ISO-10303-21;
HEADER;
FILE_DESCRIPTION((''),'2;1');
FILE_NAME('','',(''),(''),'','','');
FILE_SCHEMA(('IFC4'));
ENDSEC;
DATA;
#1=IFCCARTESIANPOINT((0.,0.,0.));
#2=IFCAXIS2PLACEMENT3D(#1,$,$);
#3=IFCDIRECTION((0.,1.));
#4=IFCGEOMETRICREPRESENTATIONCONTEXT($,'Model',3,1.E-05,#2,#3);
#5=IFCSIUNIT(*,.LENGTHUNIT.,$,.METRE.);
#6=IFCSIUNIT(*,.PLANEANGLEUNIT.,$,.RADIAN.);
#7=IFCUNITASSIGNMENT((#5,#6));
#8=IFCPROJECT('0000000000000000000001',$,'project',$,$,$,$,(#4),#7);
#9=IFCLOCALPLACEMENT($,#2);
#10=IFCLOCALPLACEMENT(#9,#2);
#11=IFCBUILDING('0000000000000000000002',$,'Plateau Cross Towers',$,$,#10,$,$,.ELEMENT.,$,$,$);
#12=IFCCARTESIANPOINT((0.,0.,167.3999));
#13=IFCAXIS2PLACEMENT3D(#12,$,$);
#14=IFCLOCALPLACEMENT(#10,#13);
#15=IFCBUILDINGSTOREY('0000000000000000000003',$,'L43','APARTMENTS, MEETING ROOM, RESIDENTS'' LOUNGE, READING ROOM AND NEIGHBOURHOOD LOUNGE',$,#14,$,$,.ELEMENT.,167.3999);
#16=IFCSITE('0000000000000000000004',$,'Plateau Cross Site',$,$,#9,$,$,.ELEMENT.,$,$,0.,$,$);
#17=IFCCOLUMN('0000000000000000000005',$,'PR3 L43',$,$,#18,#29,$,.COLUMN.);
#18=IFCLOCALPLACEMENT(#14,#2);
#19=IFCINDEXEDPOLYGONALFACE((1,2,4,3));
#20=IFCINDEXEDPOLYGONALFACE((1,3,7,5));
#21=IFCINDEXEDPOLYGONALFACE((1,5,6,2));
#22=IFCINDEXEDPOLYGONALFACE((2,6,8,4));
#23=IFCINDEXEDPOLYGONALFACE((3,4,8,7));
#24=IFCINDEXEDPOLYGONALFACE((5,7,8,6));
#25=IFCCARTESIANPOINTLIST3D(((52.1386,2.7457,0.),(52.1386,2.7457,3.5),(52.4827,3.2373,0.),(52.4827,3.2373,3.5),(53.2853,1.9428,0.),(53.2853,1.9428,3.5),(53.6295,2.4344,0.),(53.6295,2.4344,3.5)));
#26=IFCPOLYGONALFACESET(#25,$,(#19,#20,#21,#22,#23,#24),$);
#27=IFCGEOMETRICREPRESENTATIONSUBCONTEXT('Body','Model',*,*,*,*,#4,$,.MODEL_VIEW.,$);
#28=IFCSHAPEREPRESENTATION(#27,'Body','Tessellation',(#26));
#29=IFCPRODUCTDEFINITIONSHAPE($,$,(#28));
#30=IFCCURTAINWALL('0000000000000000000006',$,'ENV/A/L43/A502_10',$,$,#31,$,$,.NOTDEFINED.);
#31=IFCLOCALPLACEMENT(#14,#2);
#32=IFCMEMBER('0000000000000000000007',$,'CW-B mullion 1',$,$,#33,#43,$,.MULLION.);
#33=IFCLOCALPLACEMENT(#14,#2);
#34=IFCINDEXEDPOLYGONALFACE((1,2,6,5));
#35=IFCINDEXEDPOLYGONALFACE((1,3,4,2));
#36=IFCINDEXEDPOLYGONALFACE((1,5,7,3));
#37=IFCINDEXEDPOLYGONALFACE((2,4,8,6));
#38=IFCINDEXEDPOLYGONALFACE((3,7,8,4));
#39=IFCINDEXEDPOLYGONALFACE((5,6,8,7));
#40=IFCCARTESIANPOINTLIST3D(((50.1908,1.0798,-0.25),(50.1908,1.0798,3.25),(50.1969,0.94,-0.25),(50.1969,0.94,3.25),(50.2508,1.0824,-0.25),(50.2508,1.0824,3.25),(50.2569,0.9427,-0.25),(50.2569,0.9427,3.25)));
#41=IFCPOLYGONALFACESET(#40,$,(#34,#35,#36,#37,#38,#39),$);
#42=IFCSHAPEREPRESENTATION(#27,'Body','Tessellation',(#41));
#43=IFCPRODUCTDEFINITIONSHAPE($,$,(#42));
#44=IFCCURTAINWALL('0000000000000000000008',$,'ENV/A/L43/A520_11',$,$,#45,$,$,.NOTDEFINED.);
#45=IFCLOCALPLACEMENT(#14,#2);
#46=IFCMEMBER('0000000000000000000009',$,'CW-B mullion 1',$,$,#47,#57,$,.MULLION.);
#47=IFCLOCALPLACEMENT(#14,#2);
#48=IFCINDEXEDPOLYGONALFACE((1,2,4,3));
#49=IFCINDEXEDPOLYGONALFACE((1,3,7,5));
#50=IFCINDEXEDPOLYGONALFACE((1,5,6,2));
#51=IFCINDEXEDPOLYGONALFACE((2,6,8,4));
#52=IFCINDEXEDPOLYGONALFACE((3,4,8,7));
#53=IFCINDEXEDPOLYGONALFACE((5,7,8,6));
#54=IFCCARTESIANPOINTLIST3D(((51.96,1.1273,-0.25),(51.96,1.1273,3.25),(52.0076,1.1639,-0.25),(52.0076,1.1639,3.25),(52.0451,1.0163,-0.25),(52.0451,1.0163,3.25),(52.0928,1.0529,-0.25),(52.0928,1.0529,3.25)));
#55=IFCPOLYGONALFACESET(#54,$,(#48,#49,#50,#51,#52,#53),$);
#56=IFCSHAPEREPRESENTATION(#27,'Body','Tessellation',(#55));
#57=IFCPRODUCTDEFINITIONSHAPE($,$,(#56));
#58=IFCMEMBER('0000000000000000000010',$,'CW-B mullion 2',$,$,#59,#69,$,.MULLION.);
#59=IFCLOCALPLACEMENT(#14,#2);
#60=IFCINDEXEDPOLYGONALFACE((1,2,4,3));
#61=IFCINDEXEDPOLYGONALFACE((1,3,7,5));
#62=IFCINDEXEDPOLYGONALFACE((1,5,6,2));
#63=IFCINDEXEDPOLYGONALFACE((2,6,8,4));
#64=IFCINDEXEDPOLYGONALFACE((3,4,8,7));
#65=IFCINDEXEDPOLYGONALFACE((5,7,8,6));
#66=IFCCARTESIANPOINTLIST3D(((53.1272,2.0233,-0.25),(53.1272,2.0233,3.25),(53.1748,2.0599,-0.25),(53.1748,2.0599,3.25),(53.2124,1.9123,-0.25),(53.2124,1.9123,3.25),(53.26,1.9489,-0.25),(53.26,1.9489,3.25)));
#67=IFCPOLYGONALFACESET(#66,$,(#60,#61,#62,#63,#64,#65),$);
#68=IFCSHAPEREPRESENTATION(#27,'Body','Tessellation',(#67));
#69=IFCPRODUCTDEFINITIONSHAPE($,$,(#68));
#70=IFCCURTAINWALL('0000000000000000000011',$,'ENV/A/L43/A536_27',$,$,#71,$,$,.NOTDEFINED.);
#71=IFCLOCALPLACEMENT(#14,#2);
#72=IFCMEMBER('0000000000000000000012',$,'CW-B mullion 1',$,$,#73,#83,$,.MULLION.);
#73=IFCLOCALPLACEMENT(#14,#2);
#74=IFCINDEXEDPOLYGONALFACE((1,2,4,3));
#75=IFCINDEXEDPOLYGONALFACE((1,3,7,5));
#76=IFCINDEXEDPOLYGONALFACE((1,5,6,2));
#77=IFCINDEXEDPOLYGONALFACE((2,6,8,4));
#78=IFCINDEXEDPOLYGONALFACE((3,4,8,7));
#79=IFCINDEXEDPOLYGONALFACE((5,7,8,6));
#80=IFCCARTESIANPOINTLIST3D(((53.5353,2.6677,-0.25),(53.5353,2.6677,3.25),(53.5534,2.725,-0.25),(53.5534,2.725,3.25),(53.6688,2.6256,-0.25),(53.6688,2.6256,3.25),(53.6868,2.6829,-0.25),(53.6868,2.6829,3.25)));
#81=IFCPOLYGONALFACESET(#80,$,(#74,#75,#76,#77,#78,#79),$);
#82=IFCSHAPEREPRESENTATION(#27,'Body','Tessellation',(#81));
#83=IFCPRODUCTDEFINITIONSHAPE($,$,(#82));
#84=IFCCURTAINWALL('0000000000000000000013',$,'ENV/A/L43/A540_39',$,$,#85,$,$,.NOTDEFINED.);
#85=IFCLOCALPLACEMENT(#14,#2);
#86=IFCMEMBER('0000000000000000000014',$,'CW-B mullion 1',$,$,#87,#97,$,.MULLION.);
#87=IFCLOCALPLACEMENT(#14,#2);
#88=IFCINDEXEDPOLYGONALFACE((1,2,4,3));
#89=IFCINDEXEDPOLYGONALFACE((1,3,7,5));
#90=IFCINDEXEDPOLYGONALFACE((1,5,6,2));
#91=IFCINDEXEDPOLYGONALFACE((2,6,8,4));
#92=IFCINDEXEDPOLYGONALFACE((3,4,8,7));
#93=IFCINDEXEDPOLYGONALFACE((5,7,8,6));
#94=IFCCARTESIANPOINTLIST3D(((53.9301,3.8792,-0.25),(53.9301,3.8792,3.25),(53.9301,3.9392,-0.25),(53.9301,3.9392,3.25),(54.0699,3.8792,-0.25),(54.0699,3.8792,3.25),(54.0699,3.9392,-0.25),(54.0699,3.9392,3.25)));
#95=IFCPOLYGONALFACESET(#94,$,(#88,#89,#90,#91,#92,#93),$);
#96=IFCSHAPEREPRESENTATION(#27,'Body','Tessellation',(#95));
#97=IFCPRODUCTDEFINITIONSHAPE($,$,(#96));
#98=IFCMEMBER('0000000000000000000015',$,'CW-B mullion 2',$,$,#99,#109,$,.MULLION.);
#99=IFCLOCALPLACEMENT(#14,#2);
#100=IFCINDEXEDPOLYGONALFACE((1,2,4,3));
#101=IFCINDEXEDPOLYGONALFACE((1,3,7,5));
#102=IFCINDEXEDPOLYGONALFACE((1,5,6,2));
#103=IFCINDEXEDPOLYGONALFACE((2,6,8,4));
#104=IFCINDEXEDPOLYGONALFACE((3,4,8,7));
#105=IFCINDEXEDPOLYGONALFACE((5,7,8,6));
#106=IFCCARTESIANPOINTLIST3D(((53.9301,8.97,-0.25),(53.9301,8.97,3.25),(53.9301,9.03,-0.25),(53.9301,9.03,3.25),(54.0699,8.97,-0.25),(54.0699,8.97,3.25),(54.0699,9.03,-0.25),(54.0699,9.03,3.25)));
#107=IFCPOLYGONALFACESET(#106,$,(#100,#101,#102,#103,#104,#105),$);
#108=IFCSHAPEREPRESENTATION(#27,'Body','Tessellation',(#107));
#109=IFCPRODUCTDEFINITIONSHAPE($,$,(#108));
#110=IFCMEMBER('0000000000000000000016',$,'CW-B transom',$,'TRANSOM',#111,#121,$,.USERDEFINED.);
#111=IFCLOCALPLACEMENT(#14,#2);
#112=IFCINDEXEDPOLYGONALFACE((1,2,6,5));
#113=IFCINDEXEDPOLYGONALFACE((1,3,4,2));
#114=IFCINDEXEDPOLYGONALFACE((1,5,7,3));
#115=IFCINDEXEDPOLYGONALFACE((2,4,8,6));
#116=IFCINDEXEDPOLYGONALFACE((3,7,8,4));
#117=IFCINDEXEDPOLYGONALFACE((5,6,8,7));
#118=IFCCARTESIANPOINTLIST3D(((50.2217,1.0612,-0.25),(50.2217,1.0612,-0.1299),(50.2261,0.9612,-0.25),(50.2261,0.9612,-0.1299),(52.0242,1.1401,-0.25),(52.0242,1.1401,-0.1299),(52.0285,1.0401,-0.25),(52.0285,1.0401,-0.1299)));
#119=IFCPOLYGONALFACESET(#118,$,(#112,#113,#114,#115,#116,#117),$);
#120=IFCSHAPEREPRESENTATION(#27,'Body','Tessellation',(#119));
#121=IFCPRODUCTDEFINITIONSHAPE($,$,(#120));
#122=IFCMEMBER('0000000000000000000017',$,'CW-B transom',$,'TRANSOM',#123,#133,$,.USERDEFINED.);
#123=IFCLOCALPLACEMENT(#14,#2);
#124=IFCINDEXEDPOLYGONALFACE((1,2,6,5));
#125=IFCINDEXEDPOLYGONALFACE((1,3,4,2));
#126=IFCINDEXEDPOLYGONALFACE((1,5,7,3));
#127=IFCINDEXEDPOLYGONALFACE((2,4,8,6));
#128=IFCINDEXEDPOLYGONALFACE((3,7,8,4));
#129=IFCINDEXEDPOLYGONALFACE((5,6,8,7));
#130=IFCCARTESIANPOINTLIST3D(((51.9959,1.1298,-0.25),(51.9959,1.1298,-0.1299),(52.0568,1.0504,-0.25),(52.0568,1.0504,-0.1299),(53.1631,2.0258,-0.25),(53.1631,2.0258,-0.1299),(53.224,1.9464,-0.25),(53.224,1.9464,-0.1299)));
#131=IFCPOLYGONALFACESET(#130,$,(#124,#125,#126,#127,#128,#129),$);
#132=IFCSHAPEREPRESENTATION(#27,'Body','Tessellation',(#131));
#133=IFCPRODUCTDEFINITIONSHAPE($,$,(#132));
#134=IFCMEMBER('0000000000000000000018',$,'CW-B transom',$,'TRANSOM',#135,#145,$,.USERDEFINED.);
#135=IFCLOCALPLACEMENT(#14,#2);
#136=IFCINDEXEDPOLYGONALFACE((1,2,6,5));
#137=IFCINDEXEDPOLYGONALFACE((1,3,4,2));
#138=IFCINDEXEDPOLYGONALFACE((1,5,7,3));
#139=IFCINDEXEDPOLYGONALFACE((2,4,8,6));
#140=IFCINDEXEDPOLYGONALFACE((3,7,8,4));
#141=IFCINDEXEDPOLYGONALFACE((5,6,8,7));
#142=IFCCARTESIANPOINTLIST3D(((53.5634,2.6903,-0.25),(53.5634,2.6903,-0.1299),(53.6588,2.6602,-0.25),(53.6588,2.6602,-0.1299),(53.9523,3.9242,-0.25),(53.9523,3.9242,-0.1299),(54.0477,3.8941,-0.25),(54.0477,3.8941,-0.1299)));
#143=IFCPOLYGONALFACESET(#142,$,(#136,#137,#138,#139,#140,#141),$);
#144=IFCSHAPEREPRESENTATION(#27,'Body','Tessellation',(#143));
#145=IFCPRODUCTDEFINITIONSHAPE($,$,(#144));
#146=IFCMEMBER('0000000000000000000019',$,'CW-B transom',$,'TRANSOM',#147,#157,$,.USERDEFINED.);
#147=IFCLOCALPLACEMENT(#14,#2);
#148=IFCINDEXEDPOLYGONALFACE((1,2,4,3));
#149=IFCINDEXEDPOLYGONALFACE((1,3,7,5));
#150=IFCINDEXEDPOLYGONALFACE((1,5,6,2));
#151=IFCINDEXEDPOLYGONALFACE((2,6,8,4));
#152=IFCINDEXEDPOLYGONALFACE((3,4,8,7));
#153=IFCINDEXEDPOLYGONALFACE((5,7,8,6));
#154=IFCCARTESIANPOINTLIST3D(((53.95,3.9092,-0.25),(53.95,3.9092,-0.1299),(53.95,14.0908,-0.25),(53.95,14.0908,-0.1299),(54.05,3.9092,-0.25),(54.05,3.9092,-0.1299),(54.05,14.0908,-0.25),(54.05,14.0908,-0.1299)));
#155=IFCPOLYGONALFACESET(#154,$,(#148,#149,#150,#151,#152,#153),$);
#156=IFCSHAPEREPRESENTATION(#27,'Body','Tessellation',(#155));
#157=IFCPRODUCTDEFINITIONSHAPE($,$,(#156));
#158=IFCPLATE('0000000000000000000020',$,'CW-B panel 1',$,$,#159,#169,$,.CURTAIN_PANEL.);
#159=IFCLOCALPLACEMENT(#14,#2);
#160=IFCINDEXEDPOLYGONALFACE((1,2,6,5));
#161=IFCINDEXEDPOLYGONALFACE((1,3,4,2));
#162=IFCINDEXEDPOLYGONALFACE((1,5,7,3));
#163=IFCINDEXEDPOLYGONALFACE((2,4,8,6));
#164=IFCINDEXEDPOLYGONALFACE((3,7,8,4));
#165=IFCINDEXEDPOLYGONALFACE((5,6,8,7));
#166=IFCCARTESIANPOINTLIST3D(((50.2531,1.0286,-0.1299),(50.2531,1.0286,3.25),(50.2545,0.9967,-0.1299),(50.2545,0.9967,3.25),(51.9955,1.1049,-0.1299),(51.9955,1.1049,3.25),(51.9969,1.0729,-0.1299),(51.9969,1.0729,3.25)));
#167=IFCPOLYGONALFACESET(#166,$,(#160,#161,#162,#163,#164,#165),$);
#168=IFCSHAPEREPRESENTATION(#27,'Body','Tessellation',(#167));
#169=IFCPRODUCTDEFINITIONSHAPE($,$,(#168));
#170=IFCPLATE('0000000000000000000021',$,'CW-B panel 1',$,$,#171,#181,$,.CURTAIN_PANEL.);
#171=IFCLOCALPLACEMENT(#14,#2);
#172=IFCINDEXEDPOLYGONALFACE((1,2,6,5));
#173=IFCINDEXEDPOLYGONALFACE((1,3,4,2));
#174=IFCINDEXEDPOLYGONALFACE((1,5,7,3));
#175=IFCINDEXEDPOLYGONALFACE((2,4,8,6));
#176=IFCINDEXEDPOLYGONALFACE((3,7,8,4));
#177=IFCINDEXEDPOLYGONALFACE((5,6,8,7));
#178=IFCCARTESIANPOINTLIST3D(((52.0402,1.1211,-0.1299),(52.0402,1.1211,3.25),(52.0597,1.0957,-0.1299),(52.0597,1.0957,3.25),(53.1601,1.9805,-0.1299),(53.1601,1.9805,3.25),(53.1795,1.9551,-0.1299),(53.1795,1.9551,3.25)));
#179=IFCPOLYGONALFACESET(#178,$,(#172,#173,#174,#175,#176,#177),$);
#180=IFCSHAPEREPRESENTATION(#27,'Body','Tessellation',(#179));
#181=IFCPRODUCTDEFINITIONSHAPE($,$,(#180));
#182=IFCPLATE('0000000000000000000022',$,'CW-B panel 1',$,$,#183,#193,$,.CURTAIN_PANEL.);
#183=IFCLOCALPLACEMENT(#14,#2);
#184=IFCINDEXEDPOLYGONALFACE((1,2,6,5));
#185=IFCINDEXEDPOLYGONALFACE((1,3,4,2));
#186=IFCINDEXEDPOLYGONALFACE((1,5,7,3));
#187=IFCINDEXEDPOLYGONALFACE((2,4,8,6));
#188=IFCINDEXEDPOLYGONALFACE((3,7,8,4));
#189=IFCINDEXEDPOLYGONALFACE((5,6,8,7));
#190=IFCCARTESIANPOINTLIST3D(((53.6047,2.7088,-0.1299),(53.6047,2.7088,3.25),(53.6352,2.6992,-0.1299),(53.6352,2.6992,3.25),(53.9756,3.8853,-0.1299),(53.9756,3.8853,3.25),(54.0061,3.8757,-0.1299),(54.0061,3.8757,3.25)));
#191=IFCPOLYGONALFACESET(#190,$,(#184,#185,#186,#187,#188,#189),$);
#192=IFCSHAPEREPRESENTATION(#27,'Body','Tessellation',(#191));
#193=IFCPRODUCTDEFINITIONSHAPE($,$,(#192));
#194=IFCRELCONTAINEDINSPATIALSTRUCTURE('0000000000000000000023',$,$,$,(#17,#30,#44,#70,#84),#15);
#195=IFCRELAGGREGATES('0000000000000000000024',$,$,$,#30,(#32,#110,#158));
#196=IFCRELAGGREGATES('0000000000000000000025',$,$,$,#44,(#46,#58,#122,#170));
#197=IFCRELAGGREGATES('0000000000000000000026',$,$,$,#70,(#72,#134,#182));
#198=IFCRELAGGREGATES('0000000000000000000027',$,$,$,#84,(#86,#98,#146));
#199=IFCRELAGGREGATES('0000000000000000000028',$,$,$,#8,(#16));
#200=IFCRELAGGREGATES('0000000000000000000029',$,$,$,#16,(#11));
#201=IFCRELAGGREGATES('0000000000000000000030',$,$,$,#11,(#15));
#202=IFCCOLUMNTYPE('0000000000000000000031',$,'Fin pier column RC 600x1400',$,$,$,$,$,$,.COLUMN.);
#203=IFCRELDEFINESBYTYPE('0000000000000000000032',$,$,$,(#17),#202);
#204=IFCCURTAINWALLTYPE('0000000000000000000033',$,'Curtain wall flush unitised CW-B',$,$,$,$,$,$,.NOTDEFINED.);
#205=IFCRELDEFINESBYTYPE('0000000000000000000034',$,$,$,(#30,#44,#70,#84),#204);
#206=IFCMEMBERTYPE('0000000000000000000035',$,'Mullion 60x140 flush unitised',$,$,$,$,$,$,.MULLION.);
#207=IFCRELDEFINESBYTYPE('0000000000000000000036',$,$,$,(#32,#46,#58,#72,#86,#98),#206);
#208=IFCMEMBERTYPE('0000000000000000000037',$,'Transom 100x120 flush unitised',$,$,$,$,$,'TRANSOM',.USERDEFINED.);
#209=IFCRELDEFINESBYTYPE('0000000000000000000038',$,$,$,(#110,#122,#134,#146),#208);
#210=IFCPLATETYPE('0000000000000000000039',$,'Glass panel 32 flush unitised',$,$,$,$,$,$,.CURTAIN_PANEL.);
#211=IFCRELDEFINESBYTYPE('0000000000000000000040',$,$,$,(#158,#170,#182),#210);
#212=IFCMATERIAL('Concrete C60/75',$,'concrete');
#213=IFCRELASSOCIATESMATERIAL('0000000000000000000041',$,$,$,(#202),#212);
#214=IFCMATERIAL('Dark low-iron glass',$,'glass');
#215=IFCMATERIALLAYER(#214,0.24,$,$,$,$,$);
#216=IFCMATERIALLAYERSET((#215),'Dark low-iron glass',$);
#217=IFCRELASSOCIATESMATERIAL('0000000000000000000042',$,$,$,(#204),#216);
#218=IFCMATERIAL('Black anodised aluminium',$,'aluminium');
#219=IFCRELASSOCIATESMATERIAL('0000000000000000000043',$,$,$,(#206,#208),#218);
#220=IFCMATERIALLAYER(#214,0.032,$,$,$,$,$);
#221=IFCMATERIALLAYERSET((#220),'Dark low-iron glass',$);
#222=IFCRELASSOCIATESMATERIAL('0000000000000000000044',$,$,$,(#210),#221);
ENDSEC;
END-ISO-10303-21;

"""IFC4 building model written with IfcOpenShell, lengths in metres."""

from ifc_helpers import new_model, si_unit, direction, frame, origin, origin_2d, place, context, subcontext, project, spatial, rectangle, extrude, material, layer, layer_set, material_profile, profile_set, type_object, element, aggregate, save


model = new_model("IFC4")

# Units and contexts
model_context = context("Model", 3, precision=1e-05, world=origin(), true_north=direction((0.0, 1.0)))
body_context = subcontext(model_context, "Body", "Model", "MODEL_VIEW")
ifc_project = project(units=[si_unit("LENGTHUNIT", "METRE"), si_unit("PLANEANGLEUNIT", "RADIAN")], contexts=[model_context])

# Site, building, storey
site_placement = place(None, origin())
site = spatial("IfcSite", under=ifc_project, at=site_placement, Name="Plateau Cross Site", CompositionType="ELEMENT", RefElevation=0.0)
building_placement = place(site_placement, origin())
building = spatial("IfcBuilding", under=site, at=building_placement, Name="Plateau Cross Towers", CompositionType="ELEMENT")
storey_placement = place(building_placement, frame((0.0, 0.0, 167.3999)))
storey = spatial("IfcBuildingStorey", under=building, at=storey_placement, Name="L43", Description="APARTMENTS, MEETING ROOM, RESIDENTS' LOUNGE, READING ROOM AND NEIGHBOURHOOD LOUNGE", CompositionType="ELEMENT", Elevation=167.3999)

# Column
ifc_material_1 = material(Name="Concrete C60/75", Category="concrete")
ifc_material_profile_1 = material_profile(ifc_material_1, rectangle(XDim=0.6001, YDim=1.3999, at=origin_2d()), Name="RC 600x1400")
ifc_profile_set_1 = profile_set([ifc_material_profile_1], Name="Concrete C60/75")
column_type = type_object("IfcColumnType", Name="Fin pier column RC 600x1400", PredefinedType="COLUMN", material=ifc_profile_set_1)
column_placement = place(storey_placement, frame((52.884, 2.5901, 0.0), z_axis=(0.0, 0.0, 1.0), x_axis=(0.573543, 0.819176, 0.0)))
element("IfcColumn", 1, at=column_placement, inside=storey, type_object=column_type, Name="PR3 L43", PredefinedType="COLUMN", context=body_context, shape_type="SweptSolid", body=[
    extrude(rectangle(XDim=0.6001, YDim=1.3999, at=origin_2d()), origin(), (0.0, 0.0, 1.0), 3.5),
])

# Curtain wall, member
ifc_material_2 = material(Name="Dark low-iron glass", Category="glass")
ifc_layer_1 = layer(ifc_material_2, 0.24)
ifc_layer_set_1 = layer_set([ifc_layer_1], Name="Dark low-iron glass")
curtain_wall_type_1 = type_object("IfcCurtainWallType", Name="Curtain wall flush unitised CW-B", PredefinedType="NOTDEFINED", material=ifc_layer_set_1)
curtain_wall_1_placement = place(storey_placement, origin())
curtain_wall_1 = element("IfcCurtainWall", 2, at=curtain_wall_1_placement, inside=storey, type_object=curtain_wall_type_1, Name="ENV/A/L43/A502_10", PredefinedType="NOTDEFINED")
ifc_material_3 = material(Name="Black anodised aluminium", Category="aluminium")
ifc_material_profile_2 = material_profile(ifc_material_3, rectangle(XDim=0.0601, YDim=0.1399, at=origin_2d()), Name="MULLION 60x140")
ifc_profile_set_2 = profile_set([ifc_material_profile_2], Name="Black anodised aluminium")
member_type_1 = type_object("IfcMemberType", Name="Mullion 60x140 flush unitised", PredefinedType="MULLION", material=ifc_profile_set_2)
member_1_placement = place(storey_placement, frame((50.2239, 1.0112, -0.25), z_axis=(0.0, 0.0, 1.0), x_axis=(0.999044, 0.043723, 0.0)))
member_1 = element("IfcMember", 3, at=member_1_placement, type_object=member_type_1, Name="CW-B mullion 1", PredefinedType="MULLION", context=body_context, shape_type="SweptSolid", body=[
    extrude(rectangle(XDim=0.0601, YDim=0.1399, at=origin_2d()), origin(), (0.0, 0.0, 1.0), 3.5),
])

# Curtain wall, members
curtain_wall_2_placement = place(storey_placement, origin())
curtain_wall_2 = element("IfcCurtainWall", 4, at=curtain_wall_2_placement, inside=storey, type_object=curtain_wall_type_1, Name="ENV/A/L43/A520_11", PredefinedType="NOTDEFINED")
member_2_placement = place(storey_placement, frame((52.0264, 1.0901, -0.25), z_axis=(0.0, 0.0, 1.0), x_axis=(0.793316, 0.608811, 0.0)))
member_2 = element("IfcMember", 5, at=member_2_placement, type_object=member_type_1, Name="CW-B mullion 1", PredefinedType="MULLION", context=body_context, shape_type="SweptSolid", body=[
    extrude(rectangle(XDim=0.0601, YDim=0.1399, at=origin_2d()), origin(), (0.0, 0.0, 1.0), 3.5),
])
member_3_placement = place(storey_placement, frame((53.1936, 1.9861, -0.25), z_axis=(0.0, 0.0, 1.0), x_axis=(0.793316, 0.608811, 0.0)))
member_3 = element("IfcMember", 6, at=member_3_placement, type_object=member_type_1, Name="CW-B mullion 2", PredefinedType="MULLION", context=body_context, shape_type="SweptSolid", body=[
    extrude(rectangle(XDim=0.0601, YDim=0.1399, at=origin_2d()), origin(), (0.0, 0.0, 1.0), 3.5),
])

# Curtain wall, member
curtain_wall_3_placement = place(storey_placement, origin())
curtain_wall_3 = element("IfcCurtainWall", 7, at=curtain_wall_3_placement, inside=storey, type_object=curtain_wall_type_1, Name="ENV/A/L43/A536_27", PredefinedType="NOTDEFINED")
member_4_placement = place(storey_placement, frame((53.6111, 2.6753, -0.25), z_axis=(0.0, 0.0, 1.0), x_axis=(0.300686, 0.953723, 0.0)))
member_4 = element("IfcMember", 8, at=member_4_placement, type_object=member_type_1, Name="CW-B mullion 1", PredefinedType="MULLION", context=body_context, shape_type="SweptSolid", body=[
    extrude(rectangle(XDim=0.0601, YDim=0.1399, at=origin_2d()), origin(), (0.0, 0.0, 1.0), 3.5),
])

# Curtain wall, members
curtain_wall_4_placement = place(storey_placement, origin())
curtain_wall_4 = element("IfcCurtainWall", 9, at=curtain_wall_4_placement, inside=storey, type_object=curtain_wall_type_1, Name="ENV/A/L43/A540_39", PredefinedType="NOTDEFINED")
member_5_placement = place(storey_placement, frame((54.0, 3.9092, -0.25), z_axis=(0.0, 0.0, 1.0), x_axis=(0.0, 1.0, 0.0)))
member_5 = element("IfcMember", 10, at=member_5_placement, type_object=member_type_1, Name="CW-B mullion 1", PredefinedType="MULLION", context=body_context, shape_type="SweptSolid", body=[
    extrude(rectangle(XDim=0.0601, YDim=0.1399, at=origin_2d()), origin(), (0.0, 0.0, 1.0), 3.5),
])
member_6_placement = place(storey_placement, frame((54.0, 9.0, -0.25), z_axis=(0.0, 0.0, 1.0), x_axis=(0.0, 1.0, 0.0)))
member_6 = element("IfcMember", 11, at=member_6_placement, type_object=member_type_1, Name="CW-B mullion 2", PredefinedType="MULLION", context=body_context, shape_type="SweptSolid", body=[
    extrude(rectangle(XDim=0.0601, YDim=0.1399, at=origin_2d()), origin(), (0.0, 0.0, 1.0), 3.5),
])

# Members
ifc_material_profile_3 = material_profile(ifc_material_3, rectangle(XDim=0.1001, YDim=0.1201, at=origin_2d()), Name="TRANSOM 100x120")
ifc_profile_set_3 = profile_set([ifc_material_profile_3], Name="Black anodised aluminium")
member_type_2 = type_object("IfcMemberType", Name="Transom 100x120 flush unitised", ElementType="TRANSOM", PredefinedType="USERDEFINED", material=ifc_profile_set_3)
member_7_placement = place(storey_placement, frame((50.2239, 1.0112, -0.1899), z_axis=(0.999044, 0.043707, 0.0), x_axis=(-0.043707, 0.999044, 0.0)))
member_7 = element("IfcMember", 12, at=member_7_placement, type_object=member_type_2, Name="CW-B transom", ObjectType="TRANSOM", PredefinedType="USERDEFINED", context=body_context, shape_type="SweptSolid", body=[
    extrude(rectangle(XDim=0.1001, YDim=0.1201, at=origin_2d()), origin(), (0.0, 0.0, 1.0), 1.8042),
])
member_8_placement = place(storey_placement, frame((52.0264, 1.0901, -0.1899), z_axis=(0.79324, 0.608909, 0.0), x_axis=(-0.608909, 0.79324, 0.0)))
member_8 = element("IfcMember", 13, at=member_8_placement, type_object=member_type_2, Name="CW-B transom", ObjectType="TRANSOM", PredefinedType="USERDEFINED", context=body_context, shape_type="SweptSolid", body=[
    extrude(rectangle(XDim=0.1001, YDim=0.1201, at=origin_2d()), origin(), (0.0, 0.0, 1.0), 1.4714),
])
member_9_placement = place(storey_placement, frame((53.6111, 2.6753, -0.1899), z_axis=(0.300617, 0.953745, 0.0), x_axis=(-0.953745, 0.300617, 0.0)))
member_9 = element("IfcMember", 14, at=member_9_placement, type_object=member_type_2, Name="CW-B transom", ObjectType="TRANSOM", PredefinedType="USERDEFINED", context=body_context, shape_type="SweptSolid", body=[
    extrude(rectangle(XDim=0.1001, YDim=0.1201, at=origin_2d()), origin(), (0.0, 0.0, 1.0), 1.2937),
])
member_10_placement = place(storey_placement, frame((54.0, 3.9092, -0.1899), z_axis=(0.0, 1.0, 0.0), x_axis=(-1.0, 0.0, 0.0)))
member_10 = element("IfcMember", 15, at=member_10_placement, type_object=member_type_2, Name="CW-B transom", ObjectType="TRANSOM", PredefinedType="USERDEFINED", context=body_context, shape_type="SweptSolid", body=[
    extrude(rectangle(XDim=0.1001, YDim=0.1201, at=origin_2d()), origin(), (0.0, 0.0, 1.0), 10.1816),
])

# Plates
ifc_layer_2 = layer(ifc_material_2, 0.032)
ifc_layer_set_2 = layer_set([ifc_layer_2], Name="Dark low-iron glass")
plate_type_1 = type_object("IfcPlateType", Name="Glass panel 32 flush unitised", PredefinedType="CURTAIN_PANEL", material=ifc_layer_set_2)
plate_1_placement = place(storey_placement, frame((51.125, 1.0508, -0.1299), z_axis=(0.0, 0.0, 1.0), x_axis=(0.999044, 0.043723, 0.0)))
plate_1 = element("IfcPlate", 16, at=plate_1_placement, type_object=plate_type_1, Name="CW-B panel 1", PredefinedType="CURTAIN_PANEL", context=body_context, shape_type="SweptSolid", body=[
    extrude(rectangle(XDim=1.7441, YDim=0.032, at=origin_2d()), origin(), (0.0, 0.0, 1.0), 3.3799),
])
aggregate(curtain_wall_1, [member_1, member_7, plate_1])
plate_2_placement = place(storey_placement, frame((52.6099, 1.5381, -0.1299), z_axis=(0.0, 0.0, 1.0), x_axis=(0.793316, 0.608811, 0.0)))
plate_2 = element("IfcPlate", 17, at=plate_2_placement, type_object=plate_type_1, Name="CW-B panel 1", PredefinedType="CURTAIN_PANEL", context=body_context, shape_type="SweptSolid", body=[
    extrude(rectangle(XDim=1.4116, YDim=0.032, at=origin_2d()), origin(), (0.0, 0.0, 1.0), 3.3799),
])
aggregate(curtain_wall_2, [member_2, member_3, member_8, plate_2])
plate_3_placement = place(storey_placement, frame((53.8054, 3.2922, -0.1299), z_axis=(0.0, 0.0, 1.0), x_axis=(0.300686, 0.953723, 0.0)))
plate_3 = element("IfcPlate", 18, at=plate_3_placement, type_object=plate_type_1, Name="CW-B panel 1", PredefinedType="CURTAIN_PANEL", context=body_context, shape_type="SweptSolid", body=[
    extrude(rectangle(XDim=1.2336, YDim=0.032, at=origin_2d()), origin(), (0.0, 0.0, 1.0), 3.3799),
])
aggregate(curtain_wall_3, [member_4, member_9, plate_3])
aggregate(curtain_wall_4, [member_5, member_6, member_10])

save(model, "model.ifc")
